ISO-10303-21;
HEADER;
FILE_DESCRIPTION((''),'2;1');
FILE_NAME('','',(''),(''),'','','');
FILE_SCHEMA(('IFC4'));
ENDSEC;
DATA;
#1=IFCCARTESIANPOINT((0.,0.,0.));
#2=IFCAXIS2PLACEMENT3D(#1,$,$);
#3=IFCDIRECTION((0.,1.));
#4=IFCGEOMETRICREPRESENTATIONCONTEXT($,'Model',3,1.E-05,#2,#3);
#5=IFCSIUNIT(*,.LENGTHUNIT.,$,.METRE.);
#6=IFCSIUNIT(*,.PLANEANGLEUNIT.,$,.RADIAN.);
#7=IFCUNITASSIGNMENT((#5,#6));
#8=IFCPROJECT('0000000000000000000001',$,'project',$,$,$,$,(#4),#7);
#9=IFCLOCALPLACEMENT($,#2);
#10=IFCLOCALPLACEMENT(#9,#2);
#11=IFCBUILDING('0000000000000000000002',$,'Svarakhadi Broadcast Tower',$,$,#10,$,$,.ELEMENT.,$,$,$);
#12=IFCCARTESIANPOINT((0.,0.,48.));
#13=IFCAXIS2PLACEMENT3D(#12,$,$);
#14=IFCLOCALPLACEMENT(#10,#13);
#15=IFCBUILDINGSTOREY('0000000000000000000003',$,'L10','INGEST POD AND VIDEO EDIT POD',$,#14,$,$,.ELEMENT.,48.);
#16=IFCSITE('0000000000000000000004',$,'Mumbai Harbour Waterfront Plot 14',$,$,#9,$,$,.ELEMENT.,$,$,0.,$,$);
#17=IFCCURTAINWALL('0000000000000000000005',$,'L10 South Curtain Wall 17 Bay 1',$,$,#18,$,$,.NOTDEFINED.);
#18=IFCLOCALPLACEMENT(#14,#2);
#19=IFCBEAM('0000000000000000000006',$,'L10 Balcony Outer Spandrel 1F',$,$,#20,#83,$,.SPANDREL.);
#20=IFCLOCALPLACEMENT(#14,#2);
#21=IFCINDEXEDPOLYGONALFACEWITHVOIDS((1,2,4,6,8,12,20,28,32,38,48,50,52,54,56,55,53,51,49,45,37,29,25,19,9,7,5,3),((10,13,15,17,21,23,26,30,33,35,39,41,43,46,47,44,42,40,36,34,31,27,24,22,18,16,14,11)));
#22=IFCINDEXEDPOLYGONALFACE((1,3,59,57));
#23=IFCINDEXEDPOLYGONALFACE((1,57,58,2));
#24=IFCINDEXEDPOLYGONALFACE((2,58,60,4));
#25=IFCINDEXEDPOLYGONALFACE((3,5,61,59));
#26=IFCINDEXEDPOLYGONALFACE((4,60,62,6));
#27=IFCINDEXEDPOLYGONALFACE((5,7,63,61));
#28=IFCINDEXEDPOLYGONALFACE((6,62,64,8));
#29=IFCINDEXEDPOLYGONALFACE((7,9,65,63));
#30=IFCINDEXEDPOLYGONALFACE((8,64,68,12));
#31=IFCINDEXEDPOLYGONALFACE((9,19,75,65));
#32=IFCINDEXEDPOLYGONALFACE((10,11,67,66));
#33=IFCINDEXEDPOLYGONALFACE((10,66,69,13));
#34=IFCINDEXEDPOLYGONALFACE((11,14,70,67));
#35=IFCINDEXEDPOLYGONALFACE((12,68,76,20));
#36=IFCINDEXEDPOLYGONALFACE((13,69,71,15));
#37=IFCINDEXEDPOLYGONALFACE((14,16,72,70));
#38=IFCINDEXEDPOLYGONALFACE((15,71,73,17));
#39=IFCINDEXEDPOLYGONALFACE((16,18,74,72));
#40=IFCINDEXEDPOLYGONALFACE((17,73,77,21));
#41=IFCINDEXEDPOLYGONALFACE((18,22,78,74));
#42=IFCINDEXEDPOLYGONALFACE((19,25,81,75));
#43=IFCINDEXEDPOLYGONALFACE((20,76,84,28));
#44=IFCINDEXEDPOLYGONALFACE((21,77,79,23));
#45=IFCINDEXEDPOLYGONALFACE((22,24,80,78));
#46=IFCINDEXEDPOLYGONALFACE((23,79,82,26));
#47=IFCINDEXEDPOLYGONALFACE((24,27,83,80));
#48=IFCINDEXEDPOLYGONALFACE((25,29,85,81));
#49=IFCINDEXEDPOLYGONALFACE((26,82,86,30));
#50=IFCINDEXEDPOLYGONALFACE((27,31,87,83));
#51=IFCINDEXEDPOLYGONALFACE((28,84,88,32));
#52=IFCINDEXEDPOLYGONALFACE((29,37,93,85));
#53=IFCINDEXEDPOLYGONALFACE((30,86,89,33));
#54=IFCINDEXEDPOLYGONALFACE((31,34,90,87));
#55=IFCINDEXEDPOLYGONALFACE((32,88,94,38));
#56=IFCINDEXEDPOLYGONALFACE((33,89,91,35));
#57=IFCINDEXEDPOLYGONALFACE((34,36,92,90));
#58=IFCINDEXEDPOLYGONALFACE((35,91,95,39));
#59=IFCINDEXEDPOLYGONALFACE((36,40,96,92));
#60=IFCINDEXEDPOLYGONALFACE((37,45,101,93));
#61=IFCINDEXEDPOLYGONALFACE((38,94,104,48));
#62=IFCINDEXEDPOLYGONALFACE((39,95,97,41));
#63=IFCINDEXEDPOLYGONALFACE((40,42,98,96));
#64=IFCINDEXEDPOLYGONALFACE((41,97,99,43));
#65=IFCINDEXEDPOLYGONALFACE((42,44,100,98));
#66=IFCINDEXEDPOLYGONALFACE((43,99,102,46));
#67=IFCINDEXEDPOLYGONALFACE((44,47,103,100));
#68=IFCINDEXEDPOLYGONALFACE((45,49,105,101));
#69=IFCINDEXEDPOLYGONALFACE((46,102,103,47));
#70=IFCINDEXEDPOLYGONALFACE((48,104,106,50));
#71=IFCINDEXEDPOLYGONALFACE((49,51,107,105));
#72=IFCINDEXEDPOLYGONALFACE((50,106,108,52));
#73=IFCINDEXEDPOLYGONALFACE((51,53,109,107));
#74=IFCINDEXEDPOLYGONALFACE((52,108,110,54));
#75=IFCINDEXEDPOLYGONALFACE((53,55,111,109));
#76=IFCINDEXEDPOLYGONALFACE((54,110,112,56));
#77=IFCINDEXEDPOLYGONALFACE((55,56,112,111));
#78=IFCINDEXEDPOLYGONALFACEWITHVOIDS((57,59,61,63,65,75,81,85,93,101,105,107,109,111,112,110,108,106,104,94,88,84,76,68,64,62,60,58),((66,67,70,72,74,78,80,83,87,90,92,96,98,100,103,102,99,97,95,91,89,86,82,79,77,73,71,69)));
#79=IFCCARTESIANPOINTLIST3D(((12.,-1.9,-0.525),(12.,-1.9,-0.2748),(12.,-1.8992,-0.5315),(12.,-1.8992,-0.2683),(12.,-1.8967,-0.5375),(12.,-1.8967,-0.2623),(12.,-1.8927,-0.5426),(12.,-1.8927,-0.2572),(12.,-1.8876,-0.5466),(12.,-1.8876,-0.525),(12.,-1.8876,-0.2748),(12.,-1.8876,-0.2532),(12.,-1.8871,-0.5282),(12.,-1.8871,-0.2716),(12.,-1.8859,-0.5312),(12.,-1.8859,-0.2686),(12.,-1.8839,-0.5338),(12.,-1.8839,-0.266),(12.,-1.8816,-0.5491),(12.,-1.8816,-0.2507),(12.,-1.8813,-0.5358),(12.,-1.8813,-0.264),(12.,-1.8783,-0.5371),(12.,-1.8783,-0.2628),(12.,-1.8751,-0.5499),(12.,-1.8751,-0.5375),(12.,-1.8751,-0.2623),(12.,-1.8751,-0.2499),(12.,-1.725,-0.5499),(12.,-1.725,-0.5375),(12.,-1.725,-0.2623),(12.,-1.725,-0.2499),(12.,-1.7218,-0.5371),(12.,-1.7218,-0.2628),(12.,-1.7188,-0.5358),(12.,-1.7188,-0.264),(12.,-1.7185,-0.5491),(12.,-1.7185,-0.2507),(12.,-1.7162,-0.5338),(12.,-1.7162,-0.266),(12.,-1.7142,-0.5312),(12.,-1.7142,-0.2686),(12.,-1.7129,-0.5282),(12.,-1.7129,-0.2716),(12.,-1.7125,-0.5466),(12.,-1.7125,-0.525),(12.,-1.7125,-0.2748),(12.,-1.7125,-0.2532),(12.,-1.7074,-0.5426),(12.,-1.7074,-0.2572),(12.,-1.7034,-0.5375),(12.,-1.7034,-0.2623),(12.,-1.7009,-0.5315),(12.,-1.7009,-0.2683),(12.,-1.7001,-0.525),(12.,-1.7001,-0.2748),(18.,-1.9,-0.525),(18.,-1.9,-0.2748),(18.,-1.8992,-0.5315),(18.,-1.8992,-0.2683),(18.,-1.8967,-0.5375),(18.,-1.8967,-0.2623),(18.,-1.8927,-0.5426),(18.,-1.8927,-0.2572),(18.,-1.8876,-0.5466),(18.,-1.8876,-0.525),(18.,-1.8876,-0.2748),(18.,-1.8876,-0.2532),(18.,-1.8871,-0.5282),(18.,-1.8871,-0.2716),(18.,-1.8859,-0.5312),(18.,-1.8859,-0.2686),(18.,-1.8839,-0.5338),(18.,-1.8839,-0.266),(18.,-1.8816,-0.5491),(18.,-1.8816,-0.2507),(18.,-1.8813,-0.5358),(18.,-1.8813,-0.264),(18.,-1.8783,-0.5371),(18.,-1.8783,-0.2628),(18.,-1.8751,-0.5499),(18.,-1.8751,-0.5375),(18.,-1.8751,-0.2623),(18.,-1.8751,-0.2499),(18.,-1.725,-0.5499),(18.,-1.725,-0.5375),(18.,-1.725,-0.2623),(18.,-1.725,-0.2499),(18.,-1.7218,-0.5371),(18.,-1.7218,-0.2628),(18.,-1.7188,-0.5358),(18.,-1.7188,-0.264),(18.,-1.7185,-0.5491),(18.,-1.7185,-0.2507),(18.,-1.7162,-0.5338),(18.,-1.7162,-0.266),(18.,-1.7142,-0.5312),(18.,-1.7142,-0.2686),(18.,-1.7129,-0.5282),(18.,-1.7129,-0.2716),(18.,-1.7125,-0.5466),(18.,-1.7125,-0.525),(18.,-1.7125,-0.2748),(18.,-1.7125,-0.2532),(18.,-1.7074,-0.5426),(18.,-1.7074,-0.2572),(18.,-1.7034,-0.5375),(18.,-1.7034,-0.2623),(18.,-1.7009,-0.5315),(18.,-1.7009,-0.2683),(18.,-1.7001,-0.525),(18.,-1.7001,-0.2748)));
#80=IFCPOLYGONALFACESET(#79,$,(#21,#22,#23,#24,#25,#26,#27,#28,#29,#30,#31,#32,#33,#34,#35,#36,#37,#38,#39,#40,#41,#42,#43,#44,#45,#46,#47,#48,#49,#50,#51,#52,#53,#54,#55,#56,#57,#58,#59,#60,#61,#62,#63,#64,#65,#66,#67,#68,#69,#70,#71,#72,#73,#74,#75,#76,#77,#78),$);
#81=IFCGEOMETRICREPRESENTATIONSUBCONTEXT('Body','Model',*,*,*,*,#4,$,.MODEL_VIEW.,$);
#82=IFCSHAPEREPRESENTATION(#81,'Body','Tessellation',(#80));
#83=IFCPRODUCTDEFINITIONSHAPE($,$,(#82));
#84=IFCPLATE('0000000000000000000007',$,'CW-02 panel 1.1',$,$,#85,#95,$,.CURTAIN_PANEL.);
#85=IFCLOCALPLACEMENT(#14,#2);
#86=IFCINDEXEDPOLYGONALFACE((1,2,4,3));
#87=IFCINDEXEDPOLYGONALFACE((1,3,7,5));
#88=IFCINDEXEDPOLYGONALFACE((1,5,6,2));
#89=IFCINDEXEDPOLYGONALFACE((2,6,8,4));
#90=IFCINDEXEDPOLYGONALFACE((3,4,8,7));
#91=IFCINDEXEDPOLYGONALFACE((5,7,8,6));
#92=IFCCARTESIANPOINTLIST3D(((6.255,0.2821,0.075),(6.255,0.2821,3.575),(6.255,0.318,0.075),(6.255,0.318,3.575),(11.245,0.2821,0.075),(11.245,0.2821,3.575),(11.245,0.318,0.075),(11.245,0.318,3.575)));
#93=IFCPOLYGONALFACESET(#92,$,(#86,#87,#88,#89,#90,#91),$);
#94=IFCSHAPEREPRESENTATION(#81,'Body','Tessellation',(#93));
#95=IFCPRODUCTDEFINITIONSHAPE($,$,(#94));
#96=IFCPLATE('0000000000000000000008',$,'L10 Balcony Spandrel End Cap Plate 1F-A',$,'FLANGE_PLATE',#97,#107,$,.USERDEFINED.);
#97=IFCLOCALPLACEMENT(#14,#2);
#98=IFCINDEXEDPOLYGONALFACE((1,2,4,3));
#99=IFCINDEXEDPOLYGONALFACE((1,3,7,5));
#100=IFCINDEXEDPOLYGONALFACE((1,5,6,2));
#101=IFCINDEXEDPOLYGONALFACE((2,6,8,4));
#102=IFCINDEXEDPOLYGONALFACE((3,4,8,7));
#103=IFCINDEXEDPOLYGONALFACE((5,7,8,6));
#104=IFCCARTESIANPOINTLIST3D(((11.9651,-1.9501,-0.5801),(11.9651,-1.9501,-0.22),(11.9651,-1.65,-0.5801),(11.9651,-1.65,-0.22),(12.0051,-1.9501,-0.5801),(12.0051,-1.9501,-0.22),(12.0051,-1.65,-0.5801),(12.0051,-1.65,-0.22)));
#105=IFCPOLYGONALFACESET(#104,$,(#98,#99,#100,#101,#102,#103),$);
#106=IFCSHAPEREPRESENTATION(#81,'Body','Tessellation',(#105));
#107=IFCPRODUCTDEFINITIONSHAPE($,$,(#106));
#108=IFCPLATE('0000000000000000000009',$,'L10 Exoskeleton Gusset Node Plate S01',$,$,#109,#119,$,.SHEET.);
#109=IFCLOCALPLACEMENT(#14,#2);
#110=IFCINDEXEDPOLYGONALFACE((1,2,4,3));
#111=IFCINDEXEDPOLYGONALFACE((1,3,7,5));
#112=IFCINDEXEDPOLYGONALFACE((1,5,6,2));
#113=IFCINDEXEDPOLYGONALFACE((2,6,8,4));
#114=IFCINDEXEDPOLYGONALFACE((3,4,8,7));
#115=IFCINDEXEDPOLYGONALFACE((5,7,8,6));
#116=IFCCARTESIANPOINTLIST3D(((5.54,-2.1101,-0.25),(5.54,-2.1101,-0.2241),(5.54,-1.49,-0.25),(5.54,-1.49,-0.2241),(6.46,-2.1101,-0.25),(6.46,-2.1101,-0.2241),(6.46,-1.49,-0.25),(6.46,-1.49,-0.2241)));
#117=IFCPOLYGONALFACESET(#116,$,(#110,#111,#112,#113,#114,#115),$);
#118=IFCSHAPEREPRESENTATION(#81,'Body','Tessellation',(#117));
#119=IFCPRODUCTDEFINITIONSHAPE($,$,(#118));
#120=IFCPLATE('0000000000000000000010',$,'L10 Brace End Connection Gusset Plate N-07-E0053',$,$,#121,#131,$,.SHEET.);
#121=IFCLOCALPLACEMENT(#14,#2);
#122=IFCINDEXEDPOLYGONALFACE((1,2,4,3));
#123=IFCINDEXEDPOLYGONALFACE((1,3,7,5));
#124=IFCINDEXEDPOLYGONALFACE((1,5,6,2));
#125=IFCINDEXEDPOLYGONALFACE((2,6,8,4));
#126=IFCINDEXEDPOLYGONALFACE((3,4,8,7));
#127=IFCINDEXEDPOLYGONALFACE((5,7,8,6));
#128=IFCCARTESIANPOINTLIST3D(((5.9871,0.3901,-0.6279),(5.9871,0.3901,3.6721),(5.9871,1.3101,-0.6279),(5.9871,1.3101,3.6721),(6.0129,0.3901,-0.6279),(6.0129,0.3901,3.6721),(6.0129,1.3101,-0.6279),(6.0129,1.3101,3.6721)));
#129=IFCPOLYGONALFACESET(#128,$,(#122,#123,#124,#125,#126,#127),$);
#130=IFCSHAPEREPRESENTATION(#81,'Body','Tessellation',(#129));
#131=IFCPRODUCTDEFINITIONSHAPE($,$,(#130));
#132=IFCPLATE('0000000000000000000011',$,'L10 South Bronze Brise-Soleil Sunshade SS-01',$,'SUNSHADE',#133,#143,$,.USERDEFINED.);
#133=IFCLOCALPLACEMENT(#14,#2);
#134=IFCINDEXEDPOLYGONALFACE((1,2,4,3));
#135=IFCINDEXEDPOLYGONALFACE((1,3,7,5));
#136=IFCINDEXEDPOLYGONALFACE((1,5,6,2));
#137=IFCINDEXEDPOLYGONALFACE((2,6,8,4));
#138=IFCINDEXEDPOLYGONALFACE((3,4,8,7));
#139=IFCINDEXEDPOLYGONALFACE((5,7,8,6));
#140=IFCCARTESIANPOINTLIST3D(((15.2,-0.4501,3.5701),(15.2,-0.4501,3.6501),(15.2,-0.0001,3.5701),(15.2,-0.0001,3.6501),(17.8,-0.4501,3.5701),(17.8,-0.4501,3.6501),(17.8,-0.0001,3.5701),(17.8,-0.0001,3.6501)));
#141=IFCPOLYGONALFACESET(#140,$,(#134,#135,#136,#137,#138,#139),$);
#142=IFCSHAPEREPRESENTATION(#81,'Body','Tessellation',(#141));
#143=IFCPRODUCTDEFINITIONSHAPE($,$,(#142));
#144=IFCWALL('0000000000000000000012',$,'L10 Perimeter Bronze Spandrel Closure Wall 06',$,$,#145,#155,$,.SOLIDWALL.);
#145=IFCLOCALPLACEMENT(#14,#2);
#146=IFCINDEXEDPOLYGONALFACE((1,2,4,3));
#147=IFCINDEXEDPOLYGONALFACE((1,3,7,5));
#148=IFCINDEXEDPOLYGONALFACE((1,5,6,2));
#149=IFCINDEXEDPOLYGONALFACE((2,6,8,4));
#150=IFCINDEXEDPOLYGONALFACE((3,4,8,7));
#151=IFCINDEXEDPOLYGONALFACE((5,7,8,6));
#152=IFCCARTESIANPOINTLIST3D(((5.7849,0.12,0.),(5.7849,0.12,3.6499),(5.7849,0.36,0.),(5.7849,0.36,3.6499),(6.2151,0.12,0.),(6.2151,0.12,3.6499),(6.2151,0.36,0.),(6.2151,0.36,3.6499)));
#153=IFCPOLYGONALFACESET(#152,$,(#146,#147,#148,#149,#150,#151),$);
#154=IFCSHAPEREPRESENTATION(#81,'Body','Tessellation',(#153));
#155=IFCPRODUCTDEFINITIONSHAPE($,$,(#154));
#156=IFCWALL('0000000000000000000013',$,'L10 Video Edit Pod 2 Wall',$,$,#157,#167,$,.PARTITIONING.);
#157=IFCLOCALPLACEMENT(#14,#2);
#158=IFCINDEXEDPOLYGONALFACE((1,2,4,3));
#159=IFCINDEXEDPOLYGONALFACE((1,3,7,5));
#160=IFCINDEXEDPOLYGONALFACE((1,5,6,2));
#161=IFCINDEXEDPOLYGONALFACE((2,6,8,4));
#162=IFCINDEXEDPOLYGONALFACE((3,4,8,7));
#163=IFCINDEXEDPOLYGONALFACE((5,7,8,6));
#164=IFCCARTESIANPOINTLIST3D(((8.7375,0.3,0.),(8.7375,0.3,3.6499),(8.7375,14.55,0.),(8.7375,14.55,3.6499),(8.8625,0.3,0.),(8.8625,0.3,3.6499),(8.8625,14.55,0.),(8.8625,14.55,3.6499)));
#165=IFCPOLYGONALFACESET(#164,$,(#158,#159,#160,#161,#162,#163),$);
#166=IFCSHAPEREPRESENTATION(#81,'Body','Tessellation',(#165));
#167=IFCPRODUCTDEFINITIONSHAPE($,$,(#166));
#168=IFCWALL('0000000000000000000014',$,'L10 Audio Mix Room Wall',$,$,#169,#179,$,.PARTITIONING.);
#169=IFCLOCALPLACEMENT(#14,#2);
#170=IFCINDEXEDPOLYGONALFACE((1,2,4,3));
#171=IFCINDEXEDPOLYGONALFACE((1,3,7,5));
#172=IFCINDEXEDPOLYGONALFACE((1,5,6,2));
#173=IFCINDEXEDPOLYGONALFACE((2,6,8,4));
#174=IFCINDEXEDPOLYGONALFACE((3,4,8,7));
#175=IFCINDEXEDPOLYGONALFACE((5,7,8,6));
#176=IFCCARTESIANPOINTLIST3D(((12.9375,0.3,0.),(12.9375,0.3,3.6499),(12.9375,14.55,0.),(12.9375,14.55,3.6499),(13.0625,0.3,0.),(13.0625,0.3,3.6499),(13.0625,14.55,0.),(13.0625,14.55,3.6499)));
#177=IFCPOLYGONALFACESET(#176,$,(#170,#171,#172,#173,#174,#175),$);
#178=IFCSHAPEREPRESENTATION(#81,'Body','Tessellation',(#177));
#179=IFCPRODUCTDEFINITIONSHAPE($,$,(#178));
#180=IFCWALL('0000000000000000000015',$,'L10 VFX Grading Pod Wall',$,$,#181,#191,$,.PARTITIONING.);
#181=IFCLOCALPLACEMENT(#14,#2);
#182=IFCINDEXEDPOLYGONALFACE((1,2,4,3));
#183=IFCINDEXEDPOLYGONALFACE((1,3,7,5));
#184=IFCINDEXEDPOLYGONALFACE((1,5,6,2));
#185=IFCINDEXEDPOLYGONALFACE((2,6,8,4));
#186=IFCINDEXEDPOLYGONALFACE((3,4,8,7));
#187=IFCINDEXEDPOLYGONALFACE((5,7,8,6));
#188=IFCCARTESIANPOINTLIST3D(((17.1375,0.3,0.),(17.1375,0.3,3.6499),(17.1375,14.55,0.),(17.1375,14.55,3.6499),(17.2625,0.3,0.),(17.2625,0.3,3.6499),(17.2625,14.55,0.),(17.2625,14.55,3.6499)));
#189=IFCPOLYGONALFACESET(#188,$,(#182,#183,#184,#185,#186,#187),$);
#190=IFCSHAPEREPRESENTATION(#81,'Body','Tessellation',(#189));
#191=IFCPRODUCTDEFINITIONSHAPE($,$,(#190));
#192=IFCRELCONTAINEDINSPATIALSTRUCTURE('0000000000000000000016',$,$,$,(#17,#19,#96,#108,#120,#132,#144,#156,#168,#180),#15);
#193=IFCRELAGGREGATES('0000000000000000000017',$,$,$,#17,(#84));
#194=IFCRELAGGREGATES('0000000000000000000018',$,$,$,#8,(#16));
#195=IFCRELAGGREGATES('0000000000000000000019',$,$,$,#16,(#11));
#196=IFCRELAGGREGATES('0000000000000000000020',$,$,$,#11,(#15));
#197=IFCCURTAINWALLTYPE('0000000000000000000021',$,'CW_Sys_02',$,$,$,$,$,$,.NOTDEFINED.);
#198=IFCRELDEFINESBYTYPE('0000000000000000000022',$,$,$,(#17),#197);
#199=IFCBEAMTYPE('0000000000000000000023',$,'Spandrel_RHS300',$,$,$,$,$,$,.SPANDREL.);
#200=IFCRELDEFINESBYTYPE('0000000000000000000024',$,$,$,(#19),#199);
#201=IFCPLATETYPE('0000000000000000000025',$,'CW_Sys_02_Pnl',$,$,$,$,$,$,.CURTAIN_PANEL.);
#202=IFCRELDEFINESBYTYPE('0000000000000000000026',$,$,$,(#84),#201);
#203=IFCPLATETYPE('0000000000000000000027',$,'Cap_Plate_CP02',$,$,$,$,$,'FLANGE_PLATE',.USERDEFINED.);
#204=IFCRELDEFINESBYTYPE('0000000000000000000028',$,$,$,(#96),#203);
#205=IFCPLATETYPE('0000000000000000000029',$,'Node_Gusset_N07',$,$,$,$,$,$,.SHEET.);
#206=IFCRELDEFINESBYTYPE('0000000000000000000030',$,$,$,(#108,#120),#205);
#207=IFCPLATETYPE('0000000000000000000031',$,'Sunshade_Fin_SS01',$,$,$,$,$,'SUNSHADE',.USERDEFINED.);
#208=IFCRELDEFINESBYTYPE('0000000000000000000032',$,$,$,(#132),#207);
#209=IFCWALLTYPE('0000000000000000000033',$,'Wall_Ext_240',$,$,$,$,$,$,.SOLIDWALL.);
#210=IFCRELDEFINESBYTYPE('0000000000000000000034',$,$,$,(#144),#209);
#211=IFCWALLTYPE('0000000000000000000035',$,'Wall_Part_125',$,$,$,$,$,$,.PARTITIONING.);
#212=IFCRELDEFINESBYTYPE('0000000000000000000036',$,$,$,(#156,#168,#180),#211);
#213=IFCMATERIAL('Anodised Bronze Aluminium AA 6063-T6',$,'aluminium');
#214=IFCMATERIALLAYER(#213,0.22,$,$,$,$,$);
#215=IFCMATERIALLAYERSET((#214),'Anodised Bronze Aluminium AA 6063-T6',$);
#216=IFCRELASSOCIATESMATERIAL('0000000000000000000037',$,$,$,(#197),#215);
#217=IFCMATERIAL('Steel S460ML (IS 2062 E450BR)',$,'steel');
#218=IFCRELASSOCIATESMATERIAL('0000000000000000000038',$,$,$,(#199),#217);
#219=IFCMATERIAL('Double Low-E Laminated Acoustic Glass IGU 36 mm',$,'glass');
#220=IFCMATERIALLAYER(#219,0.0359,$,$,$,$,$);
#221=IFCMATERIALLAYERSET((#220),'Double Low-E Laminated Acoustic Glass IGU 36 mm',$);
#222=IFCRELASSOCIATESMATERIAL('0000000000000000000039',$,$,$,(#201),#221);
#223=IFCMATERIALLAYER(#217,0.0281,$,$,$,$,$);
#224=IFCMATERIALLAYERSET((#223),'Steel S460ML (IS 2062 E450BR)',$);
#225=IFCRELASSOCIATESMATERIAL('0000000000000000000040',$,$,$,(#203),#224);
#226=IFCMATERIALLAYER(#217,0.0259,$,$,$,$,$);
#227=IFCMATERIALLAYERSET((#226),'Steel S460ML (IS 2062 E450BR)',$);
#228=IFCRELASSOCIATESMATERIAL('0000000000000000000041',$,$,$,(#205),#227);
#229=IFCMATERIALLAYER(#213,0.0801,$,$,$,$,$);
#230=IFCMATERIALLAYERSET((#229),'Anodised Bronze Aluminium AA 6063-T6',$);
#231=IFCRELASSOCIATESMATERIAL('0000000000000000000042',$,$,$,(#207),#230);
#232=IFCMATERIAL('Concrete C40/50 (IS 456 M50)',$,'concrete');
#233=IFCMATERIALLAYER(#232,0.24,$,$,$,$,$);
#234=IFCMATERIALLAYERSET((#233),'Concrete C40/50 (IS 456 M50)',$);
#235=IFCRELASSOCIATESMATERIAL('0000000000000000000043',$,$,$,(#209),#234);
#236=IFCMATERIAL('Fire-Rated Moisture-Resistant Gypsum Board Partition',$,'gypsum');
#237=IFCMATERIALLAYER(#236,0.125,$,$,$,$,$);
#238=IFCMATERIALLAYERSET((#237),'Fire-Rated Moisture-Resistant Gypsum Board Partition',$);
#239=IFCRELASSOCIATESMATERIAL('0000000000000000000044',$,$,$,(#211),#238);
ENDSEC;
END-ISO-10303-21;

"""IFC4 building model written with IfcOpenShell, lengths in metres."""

from ifc_helpers import new_model, si_unit, direction, frame, frame_2d, origin, origin_2d, place, context, subcontext, project, spatial, rectangle, hollow_rectangle, extrude, material, layer, layer_set, material_profile, profile_set, type_object, element, aggregate, save


model = new_model("IFC4")

# Units and contexts
model_context = context("Model", 3, precision=1e-05, world=origin(), true_north=direction((0.0, 1.0)))
body_context = subcontext(model_context, "Body", "Model", "MODEL_VIEW")
ifc_project = project(units=[si_unit("LENGTHUNIT", "METRE"), si_unit("PLANEANGLEUNIT", "RADIAN")], contexts=[model_context])

# Site, building, storey
site_placement = place(None, origin())
site = spatial("IfcSite", under=ifc_project, at=site_placement, Name="Mumbai Harbour Waterfront Plot 14", CompositionType="ELEMENT", RefElevation=0.0)
building_placement = place(site_placement, origin())
building = spatial("IfcBuilding", under=site, at=building_placement, Name="Svarakhadi Broadcast Tower", CompositionType="ELEMENT")
storey_placement = place(building_placement, frame((0.0, 0.0, 48.0)))
storey = spatial("IfcBuildingStorey", under=building, at=storey_placement, Name="L10", Description="INGEST POD AND VIDEO EDIT POD", CompositionType="ELEMENT", Elevation=48.0)

# Shared definitions
ifc_material_1 = material(Name="Steel S460ML (IS 2062 E450BR)", Category="steel")

# Curtain wall
ifc_material_2 = material(Name="Anodised Bronze Aluminium AA 6063-T6", Category="aluminium")
ifc_layer_1 = layer(ifc_material_2, 0.22)
ifc_layer_set_1 = layer_set([ifc_layer_1], Name="Anodised Bronze Aluminium AA 6063-T6")
curtain_wall_type = type_object("IfcCurtainWallType", Name="CW_Sys_02", PredefinedType="NOTDEFINED", material=ifc_layer_set_1)
curtain_wall_1_placement = place(storey_placement, origin())
curtain_wall_1 = element("IfcCurtainWall", 1, at=curtain_wall_1_placement, inside=storey, type_object=curtain_wall_type, Name="L10 South Curtain Wall 17 Bay 1", PredefinedType="NOTDEFINED")

# Beam
ifc_material_profile_1 = material_profile(ifc_material_1, hollow_rectangle(XDim=0.2, YDim=0.3, WallThickness=0.0125, InnerFilletRadius=0.0125, OuterFilletRadius=0.0249, at=origin_2d()), Name="RHS 300x200x12.5")
ifc_profile_set_1 = profile_set([ifc_material_profile_1], Name="Steel S460ML (IS 2062 E450BR)")
beam_type_1 = type_object("IfcBeamType", Name="Spandrel_RHS300", PredefinedType="SPANDREL", material=ifc_profile_set_1)
beam_1_placement = place(storey_placement, frame((12.0, -1.8, -0.3999), z_axis=(1.0, 0.0, 0.0), x_axis=(0.0, 1.0, 0.0)))
element("IfcBeam", 2, at=beam_1_placement, inside=storey, type_object=beam_type_1, Name="L10 Balcony Outer Spandrel 1F", PredefinedType="SPANDREL", context=body_context, shape_type="SweptSolid", body=[
    extrude(hollow_rectangle(XDim=0.2, YDim=0.3, WallThickness=0.0125, InnerFilletRadius=0.0125, OuterFilletRadius=0.0249, at=origin_2d()), origin(), (0.0, 0.0, 1.0), 6.0),
])

# Plate
ifc_material_3 = material(Name="Double Low-E Laminated Acoustic Glass IGU 36 mm", Category="glass")
ifc_layer_2 = layer(ifc_material_3, 0.0359)
ifc_layer_set_2 = layer_set([ifc_layer_2], Name="Double Low-E Laminated Acoustic Glass IGU 36 mm")
plate_type_1 = type_object("IfcPlateType", Name="CW_Sys_02_Pnl", PredefinedType="CURTAIN_PANEL", material=ifc_layer_set_2)
plate_1_placement = place(storey_placement, frame((8.75, 0.3, 0.075), z_axis=(0.0, 0.0, 1.0), x_axis=(-1.0, 0.0, 0.0)))
plate_1 = element("IfcPlate", 3, at=plate_1_placement, type_object=plate_type_1, Name="CW-02 panel 1.1", PredefinedType="CURTAIN_PANEL", context=body_context, shape_type="SweptSolid", body=[
    extrude(rectangle(XDim=4.99, YDim=0.0359, at=origin_2d()), origin(), (0.0, 0.0, 1.0), 3.5),
])
aggregate(curtain_wall_1, [plate_1])

# Plates
ifc_layer_3 = layer(ifc_material_1, 0.0281)
ifc_layer_set_3 = layer_set([ifc_layer_3], Name="Steel S460ML (IS 2062 E450BR)")
plate_type_2 = type_object("IfcPlateType", Name="Cap_Plate_CP02", ElementType="FLANGE_PLATE", PredefinedType="USERDEFINED", material=ifc_layer_set_3)
plate_2_placement = place(storey_placement, frame((11.9851, -1.8, -0.5801), z_axis=(0.0, 0.0, 1.0), x_axis=(1.0, 0.0, 0.0)))
element("IfcPlate", 4, at=plate_2_placement, inside=storey, type_object=plate_type_2, Name="L10 Balcony Spandrel End Cap Plate 1F-A", ObjectType="FLANGE_PLATE", PredefinedType="USERDEFINED", context=body_context, shape_type="SweptSolid", body=[
    extrude(rectangle(XDim=0.04, YDim=0.3, at=origin_2d()), origin(), (0.0, 0.0, 1.0), 0.3601),
])
ifc_layer_4 = layer(ifc_material_1, 0.0259)
ifc_layer_set_4 = layer_set([ifc_layer_4], Name="Steel S460ML (IS 2062 E450BR)")
plate_type_3 = type_object("IfcPlateType", Name="Node_Gusset_N07", PredefinedType="SHEET", material=ifc_layer_set_4)
plate_3_placement = place(storey_placement, frame((6.0, -1.8, -0.25), z_axis=(0.0, 0.0, 1.0), x_axis=(1.0, 0.0, 0.0)))
element("IfcPlate", 5, at=plate_3_placement, inside=storey, type_object=plate_type_3, Name="L10 Exoskeleton Gusset Node Plate S01", PredefinedType="SHEET", context=body_context, shape_type="SweptSolid", body=[
    extrude(rectangle(XDim=0.9199, YDim=0.6201, at=origin_2d()), origin(), (0.0, 0.0, 1.0), 0.0259),
])
plate_4_placement = place(storey_placement, frame((6.0, 0.8501, -0.6279), z_axis=(0.0, 0.0, 1.0), x_axis=(0.0, 1.0, 0.0)))
element("IfcPlate", 6, at=plate_4_placement, inside=storey, type_object=plate_type_3, Name="L10 Brace End Connection Gusset Plate N-07-E0053", PredefinedType="SHEET", context=body_context, shape_type="SweptSolid", body=[
    extrude(rectangle(XDim=0.9199, YDim=0.0259, at=origin_2d()), origin(), (0.0, 0.0, 1.0), 4.3),
])
ifc_layer_5 = layer(ifc_material_2, 0.0801)
ifc_layer_set_5 = layer_set([ifc_layer_5], Name="Anodised Bronze Aluminium AA 6063-T6")
plate_type_4 = type_object("IfcPlateType", Name="Sunshade_Fin_SS01", ElementType="SUNSHADE", PredefinedType="USERDEFINED", material=ifc_layer_set_5)
plate_5_placement = place(storey_placement, frame((16.5, -0.2251, 3.5701), z_axis=(0.0, 0.0, 1.0), x_axis=(1.0, 0.0, 0.0)))
element("IfcPlate", 7, at=plate_5_placement, inside=storey, type_object=plate_type_4, Name="L10 South Bronze Brise-Soleil Sunshade SS-01", ObjectType="SUNSHADE", PredefinedType="USERDEFINED", context=body_context, shape_type="SweptSolid", body=[
    extrude(rectangle(XDim=2.6001, YDim=0.45, at=origin_2d()), origin(), (0.0, 0.0, 1.0), 0.0801),
])

# Walls
ifc_material_4 = material(Name="Concrete C40/50 (IS 456 M50)", Category="concrete")
ifc_layer_6 = layer(ifc_material_4, 0.24)
ifc_layer_set_6 = layer_set([ifc_layer_6], Name="Concrete C40/50 (IS 456 M50)")
wall_type_1 = type_object("IfcWallType", Name="Wall_Ext_240", PredefinedType="SOLIDWALL", material=ifc_layer_set_6)
wall_placement = place(storey_placement, frame((6.2151, 0.24, 0.0), z_axis=(0.0, 0.0, 1.0), x_axis=(-1.0, 0.0, 0.0)))
element("IfcWall", 8, at=wall_placement, inside=storey, type_object=wall_type_1, Name="L10 Perimeter Bronze Spandrel Closure Wall 06", PredefinedType="SOLIDWALL", context=body_context, shape_type="SweptSolid", body=[
    extrude(rectangle(XDim=0.4302, YDim=0.24, at=frame_2d((0.2151, 0.0))), origin(), (0.0, 0.0, 1.0), 3.6499),
])
ifc_material_5 = material(Name="Fire-Rated Moisture-Resistant Gypsum Board Partition", Category="gypsum")
ifc_layer_7 = layer(ifc_material_5, 0.125)
ifc_layer_set_7 = layer_set([ifc_layer_7], Name="Fire-Rated Moisture-Resistant Gypsum Board Partition")
wall_type_2 = type_object("IfcWallType", Name="Wall_Part_125", PredefinedType="PARTITIONING", material=ifc_layer_set_7)
for number, where, z_axis, x_axis, name in (
    (9, (8.8, 0.3, 0.0), (0.0, 0.0, 1.0), (0.0, 1.0, 0.0), "L10 Video Edit Pod 2 Wall"),
    (10, (13.0, 0.3, 0.0), (0.0, 0.0, 1.0), (0.0, 1.0, 0.0), "L10 Audio Mix Room Wall"),
    (11, (17.2, 0.3, 0.0), (0.0, 0.0, 1.0), (0.0, 1.0, 0.0), "L10 VFX Grading Pod Wall"),
):
    element("IfcWall", number, at=place(storey_placement, frame(where, z_axis=z_axis, x_axis=x_axis)), inside=storey, type_object=wall_type_2, Name=name, PredefinedType="PARTITIONING", context=body_context, shape_type="SweptSolid", body=[
        extrude(rectangle(XDim=14.25, YDim=0.125, at=frame_2d((7.125, 0.0))), origin(), (0.0, 0.0, 1.0), 3.6499),
    ])

save(model, "model.ifc")
